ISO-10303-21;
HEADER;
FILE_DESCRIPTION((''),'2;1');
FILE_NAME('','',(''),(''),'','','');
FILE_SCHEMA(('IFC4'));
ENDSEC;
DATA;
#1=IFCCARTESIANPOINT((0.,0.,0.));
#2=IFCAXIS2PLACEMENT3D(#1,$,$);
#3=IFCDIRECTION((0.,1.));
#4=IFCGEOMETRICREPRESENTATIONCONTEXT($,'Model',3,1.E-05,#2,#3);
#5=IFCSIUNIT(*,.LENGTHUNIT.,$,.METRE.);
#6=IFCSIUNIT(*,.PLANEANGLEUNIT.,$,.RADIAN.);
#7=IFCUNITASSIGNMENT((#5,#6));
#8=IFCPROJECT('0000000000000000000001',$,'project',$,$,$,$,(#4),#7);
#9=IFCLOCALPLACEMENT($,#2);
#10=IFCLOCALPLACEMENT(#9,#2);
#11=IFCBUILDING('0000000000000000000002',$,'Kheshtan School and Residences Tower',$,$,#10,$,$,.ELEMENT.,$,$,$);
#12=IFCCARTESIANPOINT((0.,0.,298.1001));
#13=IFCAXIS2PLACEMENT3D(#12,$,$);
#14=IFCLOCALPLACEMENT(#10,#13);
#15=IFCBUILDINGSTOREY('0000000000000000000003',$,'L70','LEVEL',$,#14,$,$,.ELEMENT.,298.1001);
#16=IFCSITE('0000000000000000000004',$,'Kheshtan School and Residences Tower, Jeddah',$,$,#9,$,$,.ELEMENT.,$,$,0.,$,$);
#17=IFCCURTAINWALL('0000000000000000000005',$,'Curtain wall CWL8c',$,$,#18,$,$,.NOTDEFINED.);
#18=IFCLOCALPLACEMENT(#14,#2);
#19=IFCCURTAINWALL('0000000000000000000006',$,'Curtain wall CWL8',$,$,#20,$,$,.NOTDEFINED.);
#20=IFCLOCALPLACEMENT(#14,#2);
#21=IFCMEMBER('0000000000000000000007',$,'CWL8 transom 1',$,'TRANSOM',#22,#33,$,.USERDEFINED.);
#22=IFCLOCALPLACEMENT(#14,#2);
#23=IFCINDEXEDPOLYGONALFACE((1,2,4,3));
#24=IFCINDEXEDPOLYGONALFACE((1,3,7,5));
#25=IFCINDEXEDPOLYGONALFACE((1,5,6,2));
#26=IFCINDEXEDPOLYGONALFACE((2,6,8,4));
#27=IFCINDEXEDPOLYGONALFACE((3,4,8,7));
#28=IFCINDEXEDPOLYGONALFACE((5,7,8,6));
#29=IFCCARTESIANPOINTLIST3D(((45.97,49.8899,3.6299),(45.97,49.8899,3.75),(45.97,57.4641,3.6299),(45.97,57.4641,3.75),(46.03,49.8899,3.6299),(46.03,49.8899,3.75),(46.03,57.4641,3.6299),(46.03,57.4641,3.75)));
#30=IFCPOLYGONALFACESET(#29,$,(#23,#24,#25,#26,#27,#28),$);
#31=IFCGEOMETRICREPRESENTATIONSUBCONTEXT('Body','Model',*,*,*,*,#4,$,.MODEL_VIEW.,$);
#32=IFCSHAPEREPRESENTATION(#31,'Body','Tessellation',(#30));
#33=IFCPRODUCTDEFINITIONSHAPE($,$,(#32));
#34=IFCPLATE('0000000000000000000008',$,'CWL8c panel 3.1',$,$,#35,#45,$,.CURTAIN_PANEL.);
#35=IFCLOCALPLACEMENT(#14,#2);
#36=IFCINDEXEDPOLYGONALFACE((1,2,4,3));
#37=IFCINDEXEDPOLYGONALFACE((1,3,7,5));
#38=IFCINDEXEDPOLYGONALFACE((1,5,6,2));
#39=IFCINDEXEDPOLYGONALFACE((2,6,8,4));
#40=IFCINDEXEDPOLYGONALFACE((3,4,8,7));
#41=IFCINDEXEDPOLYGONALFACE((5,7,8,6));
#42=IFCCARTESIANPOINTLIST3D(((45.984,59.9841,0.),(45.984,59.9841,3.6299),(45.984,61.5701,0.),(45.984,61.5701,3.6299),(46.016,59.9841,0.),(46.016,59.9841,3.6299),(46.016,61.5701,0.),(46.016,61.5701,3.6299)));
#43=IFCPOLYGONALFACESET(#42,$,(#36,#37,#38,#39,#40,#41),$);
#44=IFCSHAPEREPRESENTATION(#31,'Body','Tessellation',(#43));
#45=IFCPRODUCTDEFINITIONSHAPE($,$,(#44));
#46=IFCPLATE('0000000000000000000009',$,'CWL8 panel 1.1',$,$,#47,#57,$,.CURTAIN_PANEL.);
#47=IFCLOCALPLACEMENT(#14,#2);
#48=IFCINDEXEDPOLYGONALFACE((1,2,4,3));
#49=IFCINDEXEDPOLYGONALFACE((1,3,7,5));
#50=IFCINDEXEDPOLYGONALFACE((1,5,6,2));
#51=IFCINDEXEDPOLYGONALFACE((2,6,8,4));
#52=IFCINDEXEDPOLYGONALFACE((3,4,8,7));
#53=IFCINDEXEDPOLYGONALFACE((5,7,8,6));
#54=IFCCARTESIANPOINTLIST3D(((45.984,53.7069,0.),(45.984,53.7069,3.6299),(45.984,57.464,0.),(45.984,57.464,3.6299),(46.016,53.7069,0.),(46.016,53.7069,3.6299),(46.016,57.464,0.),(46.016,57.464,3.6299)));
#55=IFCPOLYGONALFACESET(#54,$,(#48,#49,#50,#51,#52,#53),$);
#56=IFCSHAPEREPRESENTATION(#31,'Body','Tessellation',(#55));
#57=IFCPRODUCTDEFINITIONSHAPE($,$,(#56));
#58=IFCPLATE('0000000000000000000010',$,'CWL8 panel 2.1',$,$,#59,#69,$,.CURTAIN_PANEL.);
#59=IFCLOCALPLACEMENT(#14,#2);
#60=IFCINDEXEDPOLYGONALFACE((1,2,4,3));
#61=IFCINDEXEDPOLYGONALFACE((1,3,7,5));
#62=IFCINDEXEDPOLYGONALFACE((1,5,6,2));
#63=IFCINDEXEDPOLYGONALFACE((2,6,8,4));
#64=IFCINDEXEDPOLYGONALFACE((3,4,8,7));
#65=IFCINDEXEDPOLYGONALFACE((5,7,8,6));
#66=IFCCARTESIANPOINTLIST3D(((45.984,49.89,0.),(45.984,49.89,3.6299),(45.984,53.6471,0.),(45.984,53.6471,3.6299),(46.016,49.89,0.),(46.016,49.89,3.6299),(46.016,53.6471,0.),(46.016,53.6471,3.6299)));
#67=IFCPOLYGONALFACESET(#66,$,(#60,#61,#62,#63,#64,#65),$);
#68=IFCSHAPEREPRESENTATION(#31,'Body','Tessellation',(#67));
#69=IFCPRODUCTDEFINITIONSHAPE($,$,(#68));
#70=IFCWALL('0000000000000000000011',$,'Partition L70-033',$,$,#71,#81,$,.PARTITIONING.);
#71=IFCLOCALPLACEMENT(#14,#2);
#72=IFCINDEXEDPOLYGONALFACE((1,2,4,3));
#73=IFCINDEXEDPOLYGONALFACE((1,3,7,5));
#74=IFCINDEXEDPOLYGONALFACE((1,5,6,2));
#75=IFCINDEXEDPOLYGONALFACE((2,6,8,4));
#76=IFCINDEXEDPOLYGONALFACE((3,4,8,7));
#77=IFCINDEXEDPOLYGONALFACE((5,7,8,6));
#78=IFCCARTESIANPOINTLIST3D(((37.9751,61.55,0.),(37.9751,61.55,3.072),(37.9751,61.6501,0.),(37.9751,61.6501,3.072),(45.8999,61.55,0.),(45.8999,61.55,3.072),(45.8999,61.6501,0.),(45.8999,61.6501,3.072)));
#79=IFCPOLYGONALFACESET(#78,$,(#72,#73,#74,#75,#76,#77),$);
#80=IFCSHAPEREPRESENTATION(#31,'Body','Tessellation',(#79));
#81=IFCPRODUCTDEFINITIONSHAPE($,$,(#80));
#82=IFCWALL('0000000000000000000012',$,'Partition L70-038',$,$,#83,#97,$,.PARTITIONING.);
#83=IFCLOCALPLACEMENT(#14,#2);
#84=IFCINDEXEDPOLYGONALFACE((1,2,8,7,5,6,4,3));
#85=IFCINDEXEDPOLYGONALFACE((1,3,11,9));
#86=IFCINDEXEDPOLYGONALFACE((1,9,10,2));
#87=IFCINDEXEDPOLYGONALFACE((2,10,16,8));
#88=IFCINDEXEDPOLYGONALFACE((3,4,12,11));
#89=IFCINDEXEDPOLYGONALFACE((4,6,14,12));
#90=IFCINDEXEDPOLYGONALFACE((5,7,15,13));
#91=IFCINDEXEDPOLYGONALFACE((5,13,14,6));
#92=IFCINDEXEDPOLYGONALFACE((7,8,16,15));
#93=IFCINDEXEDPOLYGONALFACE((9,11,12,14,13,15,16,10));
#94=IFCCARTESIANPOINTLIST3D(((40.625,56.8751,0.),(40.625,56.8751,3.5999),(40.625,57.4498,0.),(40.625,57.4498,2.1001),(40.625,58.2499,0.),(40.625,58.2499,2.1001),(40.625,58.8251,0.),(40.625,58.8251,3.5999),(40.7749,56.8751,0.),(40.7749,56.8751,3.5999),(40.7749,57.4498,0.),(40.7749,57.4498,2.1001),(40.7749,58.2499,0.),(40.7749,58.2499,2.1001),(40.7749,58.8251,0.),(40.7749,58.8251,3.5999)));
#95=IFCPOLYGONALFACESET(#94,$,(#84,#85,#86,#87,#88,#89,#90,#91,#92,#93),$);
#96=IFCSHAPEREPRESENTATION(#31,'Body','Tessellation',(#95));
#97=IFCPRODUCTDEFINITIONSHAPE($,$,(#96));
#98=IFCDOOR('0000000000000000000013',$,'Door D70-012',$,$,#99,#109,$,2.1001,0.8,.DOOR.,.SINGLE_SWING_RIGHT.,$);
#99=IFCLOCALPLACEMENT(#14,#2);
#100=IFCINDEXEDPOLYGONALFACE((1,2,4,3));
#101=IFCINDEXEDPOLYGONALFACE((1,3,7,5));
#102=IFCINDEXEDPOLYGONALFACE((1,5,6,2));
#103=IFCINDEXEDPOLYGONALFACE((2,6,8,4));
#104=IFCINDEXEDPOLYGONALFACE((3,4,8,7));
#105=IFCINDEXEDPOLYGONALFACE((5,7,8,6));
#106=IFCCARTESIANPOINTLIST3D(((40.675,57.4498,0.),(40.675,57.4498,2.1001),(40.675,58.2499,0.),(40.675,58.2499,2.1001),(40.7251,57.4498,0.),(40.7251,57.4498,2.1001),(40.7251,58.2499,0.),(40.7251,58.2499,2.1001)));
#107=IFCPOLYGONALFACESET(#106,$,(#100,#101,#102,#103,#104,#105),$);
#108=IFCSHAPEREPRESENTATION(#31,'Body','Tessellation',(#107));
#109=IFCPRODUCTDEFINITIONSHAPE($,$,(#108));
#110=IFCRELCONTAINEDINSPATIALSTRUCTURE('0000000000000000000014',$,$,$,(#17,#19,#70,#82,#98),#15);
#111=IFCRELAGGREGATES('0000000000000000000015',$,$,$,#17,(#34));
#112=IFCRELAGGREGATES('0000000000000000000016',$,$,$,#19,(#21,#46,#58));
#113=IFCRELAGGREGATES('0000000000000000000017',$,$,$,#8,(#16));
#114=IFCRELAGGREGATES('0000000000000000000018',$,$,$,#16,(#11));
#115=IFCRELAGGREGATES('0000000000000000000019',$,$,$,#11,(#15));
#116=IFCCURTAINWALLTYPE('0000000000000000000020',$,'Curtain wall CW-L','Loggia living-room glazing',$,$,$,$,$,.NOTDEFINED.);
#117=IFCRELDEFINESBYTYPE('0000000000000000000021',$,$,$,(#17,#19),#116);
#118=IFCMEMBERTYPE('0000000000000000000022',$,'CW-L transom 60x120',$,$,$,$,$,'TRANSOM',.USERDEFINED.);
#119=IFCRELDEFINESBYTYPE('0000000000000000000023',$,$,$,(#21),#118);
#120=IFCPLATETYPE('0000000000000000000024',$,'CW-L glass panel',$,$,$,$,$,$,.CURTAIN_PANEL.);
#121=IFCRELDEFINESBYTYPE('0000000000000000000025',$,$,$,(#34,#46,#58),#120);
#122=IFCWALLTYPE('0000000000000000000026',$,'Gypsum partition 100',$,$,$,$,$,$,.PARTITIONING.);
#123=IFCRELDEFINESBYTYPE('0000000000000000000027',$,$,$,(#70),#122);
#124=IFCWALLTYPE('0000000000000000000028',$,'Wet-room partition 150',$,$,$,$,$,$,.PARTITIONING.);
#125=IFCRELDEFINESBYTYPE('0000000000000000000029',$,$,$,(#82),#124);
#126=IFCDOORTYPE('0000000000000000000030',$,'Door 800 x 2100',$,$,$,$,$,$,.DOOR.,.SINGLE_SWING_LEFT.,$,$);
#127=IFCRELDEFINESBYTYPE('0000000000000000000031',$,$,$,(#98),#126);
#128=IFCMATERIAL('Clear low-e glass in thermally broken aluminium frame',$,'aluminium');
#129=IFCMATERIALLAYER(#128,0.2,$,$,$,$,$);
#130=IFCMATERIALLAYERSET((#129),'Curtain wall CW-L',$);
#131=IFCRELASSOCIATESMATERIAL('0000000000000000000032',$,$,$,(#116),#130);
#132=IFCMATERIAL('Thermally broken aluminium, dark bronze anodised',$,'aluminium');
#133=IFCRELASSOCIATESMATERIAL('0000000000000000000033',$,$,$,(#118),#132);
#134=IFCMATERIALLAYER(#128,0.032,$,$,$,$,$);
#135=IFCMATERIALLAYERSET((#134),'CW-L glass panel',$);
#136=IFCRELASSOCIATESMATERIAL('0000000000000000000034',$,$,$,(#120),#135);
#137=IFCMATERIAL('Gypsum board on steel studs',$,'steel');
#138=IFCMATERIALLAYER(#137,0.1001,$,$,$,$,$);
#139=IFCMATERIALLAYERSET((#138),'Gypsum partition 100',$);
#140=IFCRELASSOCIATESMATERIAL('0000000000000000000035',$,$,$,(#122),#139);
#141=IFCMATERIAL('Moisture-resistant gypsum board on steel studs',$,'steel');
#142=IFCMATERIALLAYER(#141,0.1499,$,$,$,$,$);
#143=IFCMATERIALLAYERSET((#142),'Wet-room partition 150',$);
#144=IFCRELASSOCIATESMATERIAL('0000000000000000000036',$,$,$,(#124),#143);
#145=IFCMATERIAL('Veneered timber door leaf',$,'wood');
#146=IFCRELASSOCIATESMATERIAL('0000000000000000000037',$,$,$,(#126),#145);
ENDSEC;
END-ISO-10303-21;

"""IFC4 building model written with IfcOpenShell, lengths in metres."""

from ifc_helpers import new_model, si_unit, direction, frame, frame_2d, origin, origin_2d, place, context, subcontext, project, spatial, rectangle, extrude, source, transform, mapped, material, layer, layer_set, material_profile, profile_set, type_object, element, fill, aggregate, save


model = new_model("IFC4")

# Units and contexts
model_context = context("Model", 3, precision=1e-05, world=origin(), true_north=direction((0.0, 1.0)))
body_context = subcontext(model_context, "Body", "Model", "MODEL_VIEW")
ifc_project = project(units=[si_unit("LENGTHUNIT", "METRE"), si_unit("PLANEANGLEUNIT", "RADIAN")], contexts=[model_context])

# Site, building, storey
site_placement = place(None, origin())
site = spatial("IfcSite", under=ifc_project, at=site_placement, Name="Kheshtan School and Residences Tower, Jeddah", CompositionType="ELEMENT", RefElevation=0.0)
building_placement = place(site_placement, origin())
building = spatial("IfcBuilding", under=site, at=building_placement, Name="Kheshtan School and Residences Tower", CompositionType="ELEMENT")
storey_placement = place(building_placement, frame((0.0, 0.0, 298.1001)))
storey = spatial("IfcBuildingStorey", under=building, at=storey_placement, Name="L70", Description="LEVEL", CompositionType="ELEMENT", Elevation=298.1001)

# Curtain walls, member
ifc_material_1 = material(Name="Clear low-e glass in thermally broken aluminium frame", Category="aluminium")
ifc_layer_1 = layer(ifc_material_1, 0.2)
ifc_layer_set_1 = layer_set([ifc_layer_1], Name="Curtain wall CW-L")
curtain_wall_type = type_object("IfcCurtainWallType", Name="Curtain wall CW-L", Description="Loggia living-room glazing", PredefinedType="NOTDEFINED", material=ifc_layer_set_1)
curtain_wall_1_placement = place(storey_placement, origin())
curtain_wall_1 = element("IfcCurtainWall", 1, at=curtain_wall_1_placement, inside=storey, type_object=curtain_wall_type, Name="Curtain wall CWL8c", PredefinedType="NOTDEFINED")
ifc_material_2 = material(Name="Thermally broken aluminium, dark bronze anodised", Category="aluminium")
curtain_wall_2_placement = place(storey_placement, origin())
curtain_wall_2 = element("IfcCurtainWall", 2, at=curtain_wall_2_placement, inside=storey, type_object=curtain_wall_type, Name="Curtain wall CWL8", PredefinedType="NOTDEFINED")
ifc_material_profile_1 = material_profile(ifc_material_2, rectangle(XDim=0.0601, YDim=0.1201, at=origin_2d()), Name="CW-L transom 60x120")
ifc_profile_set_1 = profile_set([ifc_material_profile_1], Name="Thermally broken aluminium, dark bronze anodised")
member_type_1 = type_object("IfcMemberType", Name="CW-L transom 60x120", ElementType="TRANSOM", PredefinedType="USERDEFINED", material=ifc_profile_set_1)
member_1_placement = place(storey_placement, frame((46.0, 57.4641, 3.6899), z_axis=(0.0, -1.0, 0.0), x_axis=(1.0, 0.0, 0.0)))
member_1 = element("IfcMember", 3, at=member_1_placement, type_object=member_type_1, Name="CWL8 transom 1", ObjectType="TRANSOM", PredefinedType="USERDEFINED", context=body_context, shape_type="SweptSolid", body=[
    extrude(rectangle(XDim=0.0601, YDim=0.1201, at=origin_2d()), origin(), (0.0, 0.0, 1.0), 7.5742),
])

# Plates
ifc_layer_2 = layer(ifc_material_1, 0.032)
ifc_layer_set_2 = layer_set([ifc_layer_2], Name="CW-L glass panel")
plate_type = type_object("IfcPlateType", Name="CW-L glass panel", PredefinedType="CURTAIN_PANEL", material=ifc_layer_set_2)
plate_1_placement = place(storey_placement, frame((46.0, 60.7771, 0.0), z_axis=(0.0, 0.0, 1.0), x_axis=(0.0, -1.0, 0.0)))
plate_1 = element("IfcPlate", 4, at=plate_1_placement, type_object=plate_type, Name="CWL8c panel 3.1", PredefinedType="CURTAIN_PANEL", context=body_context, shape_type="SweptSolid", body=[
    extrude(rectangle(XDim=1.5859, YDim=0.032, at=origin_2d()), origin(), (0.0, 0.0, 1.0), 3.6299),
])
aggregate(curtain_wall_1, [plate_1])
plate_2_placement = place(storey_placement, frame((46.0, 55.5854, 0.0), z_axis=(0.0, 0.0, 1.0), x_axis=(0.0, -1.0, 0.0)))
plate_2 = element("IfcPlate", 5, at=plate_2_placement, type_object=plate_type, Name="CWL8 panel 1.1", PredefinedType="CURTAIN_PANEL", context=body_context, shape_type="SweptSolid", body=[
    extrude(rectangle(XDim=3.7571, YDim=0.032, at=origin_2d()), origin(), (0.0, 0.0, 1.0), 3.6299),
])
plate_3_placement = place(storey_placement, frame((46.0, 51.7686, 0.0), z_axis=(0.0, 0.0, 1.0), x_axis=(0.0, -1.0, 0.0)))
plate_3 = element("IfcPlate", 6, at=plate_3_placement, type_object=plate_type, Name="CWL8 panel 2.1", PredefinedType="CURTAIN_PANEL", context=body_context, shape_type="SweptSolid", body=[
    extrude(rectangle(XDim=3.7571, YDim=0.032, at=origin_2d()), origin(), (0.0, 0.0, 1.0), 3.6299),
])
aggregate(curtain_wall_2, [member_1, plate_2, plate_3])

# Wall
ifc_material_3 = material(Name="Gypsum board on steel studs", Category="steel")
ifc_layer_3 = layer(ifc_material_3, 0.1001)
ifc_layer_set_3 = layer_set([ifc_layer_3], Name="Gypsum partition 100")
wall_type_1 = type_object("IfcWallType", Name="Gypsum partition 100", PredefinedType="PARTITIONING", material=ifc_layer_set_3)
wall_1_placement = place(storey_placement, frame((37.9751, 61.6001, 0.0), z_axis=(0.0, 0.0, 1.0), x_axis=(1.0, 0.0, 0.0)))
element("IfcWall", 7, at=wall_1_placement, inside=storey, type_object=wall_type_1, Name="Partition L70-033", PredefinedType="PARTITIONING", context=body_context, shape_type="SweptSolid", body=[
    extrude(rectangle(XDim=7.9248, YDim=0.1001, at=frame_2d((3.9624, 0.0))), origin(), (0.0, 0.0, 1.0), 3.072),
])

# Wall, opening, door
ifc_material_4 = material(Name="Moisture-resistant gypsum board on steel studs", Category="steel")
ifc_layer_4 = layer(ifc_material_4, 0.1499)
ifc_layer_set_4 = layer_set([ifc_layer_4], Name="Wet-room partition 150")
wall_type_2 = type_object("IfcWallType", Name="Wet-room partition 150", PredefinedType="PARTITIONING", material=ifc_layer_set_4)
wall_2_placement = place(storey_placement, frame((40.7, 56.875, 0.0), z_axis=(0.0, 0.0, 1.0), x_axis=(0.0, 1.0, 0.0)))
wall_2 = element("IfcWall", 8, at=wall_2_placement, inside=storey, type_object=wall_type_2, Name="Partition L70-038", PredefinedType="PARTITIONING", context=body_context, shape_type="SweptSolid", body=[
    extrude(rectangle(XDim=1.95, YDim=0.1499, at=frame_2d((0.9751, 0.0))), origin(), (0.0, 0.0, 1.0), 3.5999),
])
opening_1_placement = place(wall_2_placement, frame((0.575, 0.0, 0.0)))
opening_1 = element("IfcOpeningElement", 9, at=opening_1_placement, cuts=wall_2, PredefinedType="OPENING", context=body_context, shape_type="SweptSolid", body=[
    extrude(rectangle(XDim=0.8, YDim=2.1001, at=frame_2d((0.3999, 1.05))), frame((0.0, 0.085, 0.0), z_axis=(0.0, -1.0, 0.0), x_axis=(1.0, 0.0, 0.0)), (0.0, 0.0, 1.0), 0.1699),
])
ifc_material_5 = material(Name="Veneered timber door leaf", Category="wood")
door_type_1 = type_object("IfcDoorType", Name="Door 800 x 2100", OperationType="SINGLE_SWING_LEFT", PredefinedType="DOOR", material=ifc_material_5)
shared_shape_1 = source(origin(), body_context, "Body", "SweptSolid", [
    extrude(rectangle(XDim=0.8, YDim=2.1001, at=frame_2d((0.3999, 1.05))), frame((0.0, 0.0249, 0.0), z_axis=(0.0, -1.0, 0.0), x_axis=(1.0, 0.0, 0.0)), (0.0, 0.0, 1.0), 0.05),
])
door_1_placement = place(opening_1_placement, origin())
door_1 = element("IfcDoor", 10, at=door_1_placement, inside=storey, type_object=door_type_1, Name="Door D70-012", OperationType="SINGLE_SWING_RIGHT", OverallHeight=2.1001, OverallWidth=0.8, PredefinedType="DOOR", context=body_context, shape_type="MappedRepresentation", body=[
    mapped(shared_shape_1, transform((0.0, 0.0, 0.0), x_axis=(1.0, 0.0, 0.0), y_axis=(0.0, 1.0, 0.0), z_axis=(0.0, 0.0, 1.0), scale=1.0)),
])
fill(opening_1, door_1)

save(model, "model.ifc")
